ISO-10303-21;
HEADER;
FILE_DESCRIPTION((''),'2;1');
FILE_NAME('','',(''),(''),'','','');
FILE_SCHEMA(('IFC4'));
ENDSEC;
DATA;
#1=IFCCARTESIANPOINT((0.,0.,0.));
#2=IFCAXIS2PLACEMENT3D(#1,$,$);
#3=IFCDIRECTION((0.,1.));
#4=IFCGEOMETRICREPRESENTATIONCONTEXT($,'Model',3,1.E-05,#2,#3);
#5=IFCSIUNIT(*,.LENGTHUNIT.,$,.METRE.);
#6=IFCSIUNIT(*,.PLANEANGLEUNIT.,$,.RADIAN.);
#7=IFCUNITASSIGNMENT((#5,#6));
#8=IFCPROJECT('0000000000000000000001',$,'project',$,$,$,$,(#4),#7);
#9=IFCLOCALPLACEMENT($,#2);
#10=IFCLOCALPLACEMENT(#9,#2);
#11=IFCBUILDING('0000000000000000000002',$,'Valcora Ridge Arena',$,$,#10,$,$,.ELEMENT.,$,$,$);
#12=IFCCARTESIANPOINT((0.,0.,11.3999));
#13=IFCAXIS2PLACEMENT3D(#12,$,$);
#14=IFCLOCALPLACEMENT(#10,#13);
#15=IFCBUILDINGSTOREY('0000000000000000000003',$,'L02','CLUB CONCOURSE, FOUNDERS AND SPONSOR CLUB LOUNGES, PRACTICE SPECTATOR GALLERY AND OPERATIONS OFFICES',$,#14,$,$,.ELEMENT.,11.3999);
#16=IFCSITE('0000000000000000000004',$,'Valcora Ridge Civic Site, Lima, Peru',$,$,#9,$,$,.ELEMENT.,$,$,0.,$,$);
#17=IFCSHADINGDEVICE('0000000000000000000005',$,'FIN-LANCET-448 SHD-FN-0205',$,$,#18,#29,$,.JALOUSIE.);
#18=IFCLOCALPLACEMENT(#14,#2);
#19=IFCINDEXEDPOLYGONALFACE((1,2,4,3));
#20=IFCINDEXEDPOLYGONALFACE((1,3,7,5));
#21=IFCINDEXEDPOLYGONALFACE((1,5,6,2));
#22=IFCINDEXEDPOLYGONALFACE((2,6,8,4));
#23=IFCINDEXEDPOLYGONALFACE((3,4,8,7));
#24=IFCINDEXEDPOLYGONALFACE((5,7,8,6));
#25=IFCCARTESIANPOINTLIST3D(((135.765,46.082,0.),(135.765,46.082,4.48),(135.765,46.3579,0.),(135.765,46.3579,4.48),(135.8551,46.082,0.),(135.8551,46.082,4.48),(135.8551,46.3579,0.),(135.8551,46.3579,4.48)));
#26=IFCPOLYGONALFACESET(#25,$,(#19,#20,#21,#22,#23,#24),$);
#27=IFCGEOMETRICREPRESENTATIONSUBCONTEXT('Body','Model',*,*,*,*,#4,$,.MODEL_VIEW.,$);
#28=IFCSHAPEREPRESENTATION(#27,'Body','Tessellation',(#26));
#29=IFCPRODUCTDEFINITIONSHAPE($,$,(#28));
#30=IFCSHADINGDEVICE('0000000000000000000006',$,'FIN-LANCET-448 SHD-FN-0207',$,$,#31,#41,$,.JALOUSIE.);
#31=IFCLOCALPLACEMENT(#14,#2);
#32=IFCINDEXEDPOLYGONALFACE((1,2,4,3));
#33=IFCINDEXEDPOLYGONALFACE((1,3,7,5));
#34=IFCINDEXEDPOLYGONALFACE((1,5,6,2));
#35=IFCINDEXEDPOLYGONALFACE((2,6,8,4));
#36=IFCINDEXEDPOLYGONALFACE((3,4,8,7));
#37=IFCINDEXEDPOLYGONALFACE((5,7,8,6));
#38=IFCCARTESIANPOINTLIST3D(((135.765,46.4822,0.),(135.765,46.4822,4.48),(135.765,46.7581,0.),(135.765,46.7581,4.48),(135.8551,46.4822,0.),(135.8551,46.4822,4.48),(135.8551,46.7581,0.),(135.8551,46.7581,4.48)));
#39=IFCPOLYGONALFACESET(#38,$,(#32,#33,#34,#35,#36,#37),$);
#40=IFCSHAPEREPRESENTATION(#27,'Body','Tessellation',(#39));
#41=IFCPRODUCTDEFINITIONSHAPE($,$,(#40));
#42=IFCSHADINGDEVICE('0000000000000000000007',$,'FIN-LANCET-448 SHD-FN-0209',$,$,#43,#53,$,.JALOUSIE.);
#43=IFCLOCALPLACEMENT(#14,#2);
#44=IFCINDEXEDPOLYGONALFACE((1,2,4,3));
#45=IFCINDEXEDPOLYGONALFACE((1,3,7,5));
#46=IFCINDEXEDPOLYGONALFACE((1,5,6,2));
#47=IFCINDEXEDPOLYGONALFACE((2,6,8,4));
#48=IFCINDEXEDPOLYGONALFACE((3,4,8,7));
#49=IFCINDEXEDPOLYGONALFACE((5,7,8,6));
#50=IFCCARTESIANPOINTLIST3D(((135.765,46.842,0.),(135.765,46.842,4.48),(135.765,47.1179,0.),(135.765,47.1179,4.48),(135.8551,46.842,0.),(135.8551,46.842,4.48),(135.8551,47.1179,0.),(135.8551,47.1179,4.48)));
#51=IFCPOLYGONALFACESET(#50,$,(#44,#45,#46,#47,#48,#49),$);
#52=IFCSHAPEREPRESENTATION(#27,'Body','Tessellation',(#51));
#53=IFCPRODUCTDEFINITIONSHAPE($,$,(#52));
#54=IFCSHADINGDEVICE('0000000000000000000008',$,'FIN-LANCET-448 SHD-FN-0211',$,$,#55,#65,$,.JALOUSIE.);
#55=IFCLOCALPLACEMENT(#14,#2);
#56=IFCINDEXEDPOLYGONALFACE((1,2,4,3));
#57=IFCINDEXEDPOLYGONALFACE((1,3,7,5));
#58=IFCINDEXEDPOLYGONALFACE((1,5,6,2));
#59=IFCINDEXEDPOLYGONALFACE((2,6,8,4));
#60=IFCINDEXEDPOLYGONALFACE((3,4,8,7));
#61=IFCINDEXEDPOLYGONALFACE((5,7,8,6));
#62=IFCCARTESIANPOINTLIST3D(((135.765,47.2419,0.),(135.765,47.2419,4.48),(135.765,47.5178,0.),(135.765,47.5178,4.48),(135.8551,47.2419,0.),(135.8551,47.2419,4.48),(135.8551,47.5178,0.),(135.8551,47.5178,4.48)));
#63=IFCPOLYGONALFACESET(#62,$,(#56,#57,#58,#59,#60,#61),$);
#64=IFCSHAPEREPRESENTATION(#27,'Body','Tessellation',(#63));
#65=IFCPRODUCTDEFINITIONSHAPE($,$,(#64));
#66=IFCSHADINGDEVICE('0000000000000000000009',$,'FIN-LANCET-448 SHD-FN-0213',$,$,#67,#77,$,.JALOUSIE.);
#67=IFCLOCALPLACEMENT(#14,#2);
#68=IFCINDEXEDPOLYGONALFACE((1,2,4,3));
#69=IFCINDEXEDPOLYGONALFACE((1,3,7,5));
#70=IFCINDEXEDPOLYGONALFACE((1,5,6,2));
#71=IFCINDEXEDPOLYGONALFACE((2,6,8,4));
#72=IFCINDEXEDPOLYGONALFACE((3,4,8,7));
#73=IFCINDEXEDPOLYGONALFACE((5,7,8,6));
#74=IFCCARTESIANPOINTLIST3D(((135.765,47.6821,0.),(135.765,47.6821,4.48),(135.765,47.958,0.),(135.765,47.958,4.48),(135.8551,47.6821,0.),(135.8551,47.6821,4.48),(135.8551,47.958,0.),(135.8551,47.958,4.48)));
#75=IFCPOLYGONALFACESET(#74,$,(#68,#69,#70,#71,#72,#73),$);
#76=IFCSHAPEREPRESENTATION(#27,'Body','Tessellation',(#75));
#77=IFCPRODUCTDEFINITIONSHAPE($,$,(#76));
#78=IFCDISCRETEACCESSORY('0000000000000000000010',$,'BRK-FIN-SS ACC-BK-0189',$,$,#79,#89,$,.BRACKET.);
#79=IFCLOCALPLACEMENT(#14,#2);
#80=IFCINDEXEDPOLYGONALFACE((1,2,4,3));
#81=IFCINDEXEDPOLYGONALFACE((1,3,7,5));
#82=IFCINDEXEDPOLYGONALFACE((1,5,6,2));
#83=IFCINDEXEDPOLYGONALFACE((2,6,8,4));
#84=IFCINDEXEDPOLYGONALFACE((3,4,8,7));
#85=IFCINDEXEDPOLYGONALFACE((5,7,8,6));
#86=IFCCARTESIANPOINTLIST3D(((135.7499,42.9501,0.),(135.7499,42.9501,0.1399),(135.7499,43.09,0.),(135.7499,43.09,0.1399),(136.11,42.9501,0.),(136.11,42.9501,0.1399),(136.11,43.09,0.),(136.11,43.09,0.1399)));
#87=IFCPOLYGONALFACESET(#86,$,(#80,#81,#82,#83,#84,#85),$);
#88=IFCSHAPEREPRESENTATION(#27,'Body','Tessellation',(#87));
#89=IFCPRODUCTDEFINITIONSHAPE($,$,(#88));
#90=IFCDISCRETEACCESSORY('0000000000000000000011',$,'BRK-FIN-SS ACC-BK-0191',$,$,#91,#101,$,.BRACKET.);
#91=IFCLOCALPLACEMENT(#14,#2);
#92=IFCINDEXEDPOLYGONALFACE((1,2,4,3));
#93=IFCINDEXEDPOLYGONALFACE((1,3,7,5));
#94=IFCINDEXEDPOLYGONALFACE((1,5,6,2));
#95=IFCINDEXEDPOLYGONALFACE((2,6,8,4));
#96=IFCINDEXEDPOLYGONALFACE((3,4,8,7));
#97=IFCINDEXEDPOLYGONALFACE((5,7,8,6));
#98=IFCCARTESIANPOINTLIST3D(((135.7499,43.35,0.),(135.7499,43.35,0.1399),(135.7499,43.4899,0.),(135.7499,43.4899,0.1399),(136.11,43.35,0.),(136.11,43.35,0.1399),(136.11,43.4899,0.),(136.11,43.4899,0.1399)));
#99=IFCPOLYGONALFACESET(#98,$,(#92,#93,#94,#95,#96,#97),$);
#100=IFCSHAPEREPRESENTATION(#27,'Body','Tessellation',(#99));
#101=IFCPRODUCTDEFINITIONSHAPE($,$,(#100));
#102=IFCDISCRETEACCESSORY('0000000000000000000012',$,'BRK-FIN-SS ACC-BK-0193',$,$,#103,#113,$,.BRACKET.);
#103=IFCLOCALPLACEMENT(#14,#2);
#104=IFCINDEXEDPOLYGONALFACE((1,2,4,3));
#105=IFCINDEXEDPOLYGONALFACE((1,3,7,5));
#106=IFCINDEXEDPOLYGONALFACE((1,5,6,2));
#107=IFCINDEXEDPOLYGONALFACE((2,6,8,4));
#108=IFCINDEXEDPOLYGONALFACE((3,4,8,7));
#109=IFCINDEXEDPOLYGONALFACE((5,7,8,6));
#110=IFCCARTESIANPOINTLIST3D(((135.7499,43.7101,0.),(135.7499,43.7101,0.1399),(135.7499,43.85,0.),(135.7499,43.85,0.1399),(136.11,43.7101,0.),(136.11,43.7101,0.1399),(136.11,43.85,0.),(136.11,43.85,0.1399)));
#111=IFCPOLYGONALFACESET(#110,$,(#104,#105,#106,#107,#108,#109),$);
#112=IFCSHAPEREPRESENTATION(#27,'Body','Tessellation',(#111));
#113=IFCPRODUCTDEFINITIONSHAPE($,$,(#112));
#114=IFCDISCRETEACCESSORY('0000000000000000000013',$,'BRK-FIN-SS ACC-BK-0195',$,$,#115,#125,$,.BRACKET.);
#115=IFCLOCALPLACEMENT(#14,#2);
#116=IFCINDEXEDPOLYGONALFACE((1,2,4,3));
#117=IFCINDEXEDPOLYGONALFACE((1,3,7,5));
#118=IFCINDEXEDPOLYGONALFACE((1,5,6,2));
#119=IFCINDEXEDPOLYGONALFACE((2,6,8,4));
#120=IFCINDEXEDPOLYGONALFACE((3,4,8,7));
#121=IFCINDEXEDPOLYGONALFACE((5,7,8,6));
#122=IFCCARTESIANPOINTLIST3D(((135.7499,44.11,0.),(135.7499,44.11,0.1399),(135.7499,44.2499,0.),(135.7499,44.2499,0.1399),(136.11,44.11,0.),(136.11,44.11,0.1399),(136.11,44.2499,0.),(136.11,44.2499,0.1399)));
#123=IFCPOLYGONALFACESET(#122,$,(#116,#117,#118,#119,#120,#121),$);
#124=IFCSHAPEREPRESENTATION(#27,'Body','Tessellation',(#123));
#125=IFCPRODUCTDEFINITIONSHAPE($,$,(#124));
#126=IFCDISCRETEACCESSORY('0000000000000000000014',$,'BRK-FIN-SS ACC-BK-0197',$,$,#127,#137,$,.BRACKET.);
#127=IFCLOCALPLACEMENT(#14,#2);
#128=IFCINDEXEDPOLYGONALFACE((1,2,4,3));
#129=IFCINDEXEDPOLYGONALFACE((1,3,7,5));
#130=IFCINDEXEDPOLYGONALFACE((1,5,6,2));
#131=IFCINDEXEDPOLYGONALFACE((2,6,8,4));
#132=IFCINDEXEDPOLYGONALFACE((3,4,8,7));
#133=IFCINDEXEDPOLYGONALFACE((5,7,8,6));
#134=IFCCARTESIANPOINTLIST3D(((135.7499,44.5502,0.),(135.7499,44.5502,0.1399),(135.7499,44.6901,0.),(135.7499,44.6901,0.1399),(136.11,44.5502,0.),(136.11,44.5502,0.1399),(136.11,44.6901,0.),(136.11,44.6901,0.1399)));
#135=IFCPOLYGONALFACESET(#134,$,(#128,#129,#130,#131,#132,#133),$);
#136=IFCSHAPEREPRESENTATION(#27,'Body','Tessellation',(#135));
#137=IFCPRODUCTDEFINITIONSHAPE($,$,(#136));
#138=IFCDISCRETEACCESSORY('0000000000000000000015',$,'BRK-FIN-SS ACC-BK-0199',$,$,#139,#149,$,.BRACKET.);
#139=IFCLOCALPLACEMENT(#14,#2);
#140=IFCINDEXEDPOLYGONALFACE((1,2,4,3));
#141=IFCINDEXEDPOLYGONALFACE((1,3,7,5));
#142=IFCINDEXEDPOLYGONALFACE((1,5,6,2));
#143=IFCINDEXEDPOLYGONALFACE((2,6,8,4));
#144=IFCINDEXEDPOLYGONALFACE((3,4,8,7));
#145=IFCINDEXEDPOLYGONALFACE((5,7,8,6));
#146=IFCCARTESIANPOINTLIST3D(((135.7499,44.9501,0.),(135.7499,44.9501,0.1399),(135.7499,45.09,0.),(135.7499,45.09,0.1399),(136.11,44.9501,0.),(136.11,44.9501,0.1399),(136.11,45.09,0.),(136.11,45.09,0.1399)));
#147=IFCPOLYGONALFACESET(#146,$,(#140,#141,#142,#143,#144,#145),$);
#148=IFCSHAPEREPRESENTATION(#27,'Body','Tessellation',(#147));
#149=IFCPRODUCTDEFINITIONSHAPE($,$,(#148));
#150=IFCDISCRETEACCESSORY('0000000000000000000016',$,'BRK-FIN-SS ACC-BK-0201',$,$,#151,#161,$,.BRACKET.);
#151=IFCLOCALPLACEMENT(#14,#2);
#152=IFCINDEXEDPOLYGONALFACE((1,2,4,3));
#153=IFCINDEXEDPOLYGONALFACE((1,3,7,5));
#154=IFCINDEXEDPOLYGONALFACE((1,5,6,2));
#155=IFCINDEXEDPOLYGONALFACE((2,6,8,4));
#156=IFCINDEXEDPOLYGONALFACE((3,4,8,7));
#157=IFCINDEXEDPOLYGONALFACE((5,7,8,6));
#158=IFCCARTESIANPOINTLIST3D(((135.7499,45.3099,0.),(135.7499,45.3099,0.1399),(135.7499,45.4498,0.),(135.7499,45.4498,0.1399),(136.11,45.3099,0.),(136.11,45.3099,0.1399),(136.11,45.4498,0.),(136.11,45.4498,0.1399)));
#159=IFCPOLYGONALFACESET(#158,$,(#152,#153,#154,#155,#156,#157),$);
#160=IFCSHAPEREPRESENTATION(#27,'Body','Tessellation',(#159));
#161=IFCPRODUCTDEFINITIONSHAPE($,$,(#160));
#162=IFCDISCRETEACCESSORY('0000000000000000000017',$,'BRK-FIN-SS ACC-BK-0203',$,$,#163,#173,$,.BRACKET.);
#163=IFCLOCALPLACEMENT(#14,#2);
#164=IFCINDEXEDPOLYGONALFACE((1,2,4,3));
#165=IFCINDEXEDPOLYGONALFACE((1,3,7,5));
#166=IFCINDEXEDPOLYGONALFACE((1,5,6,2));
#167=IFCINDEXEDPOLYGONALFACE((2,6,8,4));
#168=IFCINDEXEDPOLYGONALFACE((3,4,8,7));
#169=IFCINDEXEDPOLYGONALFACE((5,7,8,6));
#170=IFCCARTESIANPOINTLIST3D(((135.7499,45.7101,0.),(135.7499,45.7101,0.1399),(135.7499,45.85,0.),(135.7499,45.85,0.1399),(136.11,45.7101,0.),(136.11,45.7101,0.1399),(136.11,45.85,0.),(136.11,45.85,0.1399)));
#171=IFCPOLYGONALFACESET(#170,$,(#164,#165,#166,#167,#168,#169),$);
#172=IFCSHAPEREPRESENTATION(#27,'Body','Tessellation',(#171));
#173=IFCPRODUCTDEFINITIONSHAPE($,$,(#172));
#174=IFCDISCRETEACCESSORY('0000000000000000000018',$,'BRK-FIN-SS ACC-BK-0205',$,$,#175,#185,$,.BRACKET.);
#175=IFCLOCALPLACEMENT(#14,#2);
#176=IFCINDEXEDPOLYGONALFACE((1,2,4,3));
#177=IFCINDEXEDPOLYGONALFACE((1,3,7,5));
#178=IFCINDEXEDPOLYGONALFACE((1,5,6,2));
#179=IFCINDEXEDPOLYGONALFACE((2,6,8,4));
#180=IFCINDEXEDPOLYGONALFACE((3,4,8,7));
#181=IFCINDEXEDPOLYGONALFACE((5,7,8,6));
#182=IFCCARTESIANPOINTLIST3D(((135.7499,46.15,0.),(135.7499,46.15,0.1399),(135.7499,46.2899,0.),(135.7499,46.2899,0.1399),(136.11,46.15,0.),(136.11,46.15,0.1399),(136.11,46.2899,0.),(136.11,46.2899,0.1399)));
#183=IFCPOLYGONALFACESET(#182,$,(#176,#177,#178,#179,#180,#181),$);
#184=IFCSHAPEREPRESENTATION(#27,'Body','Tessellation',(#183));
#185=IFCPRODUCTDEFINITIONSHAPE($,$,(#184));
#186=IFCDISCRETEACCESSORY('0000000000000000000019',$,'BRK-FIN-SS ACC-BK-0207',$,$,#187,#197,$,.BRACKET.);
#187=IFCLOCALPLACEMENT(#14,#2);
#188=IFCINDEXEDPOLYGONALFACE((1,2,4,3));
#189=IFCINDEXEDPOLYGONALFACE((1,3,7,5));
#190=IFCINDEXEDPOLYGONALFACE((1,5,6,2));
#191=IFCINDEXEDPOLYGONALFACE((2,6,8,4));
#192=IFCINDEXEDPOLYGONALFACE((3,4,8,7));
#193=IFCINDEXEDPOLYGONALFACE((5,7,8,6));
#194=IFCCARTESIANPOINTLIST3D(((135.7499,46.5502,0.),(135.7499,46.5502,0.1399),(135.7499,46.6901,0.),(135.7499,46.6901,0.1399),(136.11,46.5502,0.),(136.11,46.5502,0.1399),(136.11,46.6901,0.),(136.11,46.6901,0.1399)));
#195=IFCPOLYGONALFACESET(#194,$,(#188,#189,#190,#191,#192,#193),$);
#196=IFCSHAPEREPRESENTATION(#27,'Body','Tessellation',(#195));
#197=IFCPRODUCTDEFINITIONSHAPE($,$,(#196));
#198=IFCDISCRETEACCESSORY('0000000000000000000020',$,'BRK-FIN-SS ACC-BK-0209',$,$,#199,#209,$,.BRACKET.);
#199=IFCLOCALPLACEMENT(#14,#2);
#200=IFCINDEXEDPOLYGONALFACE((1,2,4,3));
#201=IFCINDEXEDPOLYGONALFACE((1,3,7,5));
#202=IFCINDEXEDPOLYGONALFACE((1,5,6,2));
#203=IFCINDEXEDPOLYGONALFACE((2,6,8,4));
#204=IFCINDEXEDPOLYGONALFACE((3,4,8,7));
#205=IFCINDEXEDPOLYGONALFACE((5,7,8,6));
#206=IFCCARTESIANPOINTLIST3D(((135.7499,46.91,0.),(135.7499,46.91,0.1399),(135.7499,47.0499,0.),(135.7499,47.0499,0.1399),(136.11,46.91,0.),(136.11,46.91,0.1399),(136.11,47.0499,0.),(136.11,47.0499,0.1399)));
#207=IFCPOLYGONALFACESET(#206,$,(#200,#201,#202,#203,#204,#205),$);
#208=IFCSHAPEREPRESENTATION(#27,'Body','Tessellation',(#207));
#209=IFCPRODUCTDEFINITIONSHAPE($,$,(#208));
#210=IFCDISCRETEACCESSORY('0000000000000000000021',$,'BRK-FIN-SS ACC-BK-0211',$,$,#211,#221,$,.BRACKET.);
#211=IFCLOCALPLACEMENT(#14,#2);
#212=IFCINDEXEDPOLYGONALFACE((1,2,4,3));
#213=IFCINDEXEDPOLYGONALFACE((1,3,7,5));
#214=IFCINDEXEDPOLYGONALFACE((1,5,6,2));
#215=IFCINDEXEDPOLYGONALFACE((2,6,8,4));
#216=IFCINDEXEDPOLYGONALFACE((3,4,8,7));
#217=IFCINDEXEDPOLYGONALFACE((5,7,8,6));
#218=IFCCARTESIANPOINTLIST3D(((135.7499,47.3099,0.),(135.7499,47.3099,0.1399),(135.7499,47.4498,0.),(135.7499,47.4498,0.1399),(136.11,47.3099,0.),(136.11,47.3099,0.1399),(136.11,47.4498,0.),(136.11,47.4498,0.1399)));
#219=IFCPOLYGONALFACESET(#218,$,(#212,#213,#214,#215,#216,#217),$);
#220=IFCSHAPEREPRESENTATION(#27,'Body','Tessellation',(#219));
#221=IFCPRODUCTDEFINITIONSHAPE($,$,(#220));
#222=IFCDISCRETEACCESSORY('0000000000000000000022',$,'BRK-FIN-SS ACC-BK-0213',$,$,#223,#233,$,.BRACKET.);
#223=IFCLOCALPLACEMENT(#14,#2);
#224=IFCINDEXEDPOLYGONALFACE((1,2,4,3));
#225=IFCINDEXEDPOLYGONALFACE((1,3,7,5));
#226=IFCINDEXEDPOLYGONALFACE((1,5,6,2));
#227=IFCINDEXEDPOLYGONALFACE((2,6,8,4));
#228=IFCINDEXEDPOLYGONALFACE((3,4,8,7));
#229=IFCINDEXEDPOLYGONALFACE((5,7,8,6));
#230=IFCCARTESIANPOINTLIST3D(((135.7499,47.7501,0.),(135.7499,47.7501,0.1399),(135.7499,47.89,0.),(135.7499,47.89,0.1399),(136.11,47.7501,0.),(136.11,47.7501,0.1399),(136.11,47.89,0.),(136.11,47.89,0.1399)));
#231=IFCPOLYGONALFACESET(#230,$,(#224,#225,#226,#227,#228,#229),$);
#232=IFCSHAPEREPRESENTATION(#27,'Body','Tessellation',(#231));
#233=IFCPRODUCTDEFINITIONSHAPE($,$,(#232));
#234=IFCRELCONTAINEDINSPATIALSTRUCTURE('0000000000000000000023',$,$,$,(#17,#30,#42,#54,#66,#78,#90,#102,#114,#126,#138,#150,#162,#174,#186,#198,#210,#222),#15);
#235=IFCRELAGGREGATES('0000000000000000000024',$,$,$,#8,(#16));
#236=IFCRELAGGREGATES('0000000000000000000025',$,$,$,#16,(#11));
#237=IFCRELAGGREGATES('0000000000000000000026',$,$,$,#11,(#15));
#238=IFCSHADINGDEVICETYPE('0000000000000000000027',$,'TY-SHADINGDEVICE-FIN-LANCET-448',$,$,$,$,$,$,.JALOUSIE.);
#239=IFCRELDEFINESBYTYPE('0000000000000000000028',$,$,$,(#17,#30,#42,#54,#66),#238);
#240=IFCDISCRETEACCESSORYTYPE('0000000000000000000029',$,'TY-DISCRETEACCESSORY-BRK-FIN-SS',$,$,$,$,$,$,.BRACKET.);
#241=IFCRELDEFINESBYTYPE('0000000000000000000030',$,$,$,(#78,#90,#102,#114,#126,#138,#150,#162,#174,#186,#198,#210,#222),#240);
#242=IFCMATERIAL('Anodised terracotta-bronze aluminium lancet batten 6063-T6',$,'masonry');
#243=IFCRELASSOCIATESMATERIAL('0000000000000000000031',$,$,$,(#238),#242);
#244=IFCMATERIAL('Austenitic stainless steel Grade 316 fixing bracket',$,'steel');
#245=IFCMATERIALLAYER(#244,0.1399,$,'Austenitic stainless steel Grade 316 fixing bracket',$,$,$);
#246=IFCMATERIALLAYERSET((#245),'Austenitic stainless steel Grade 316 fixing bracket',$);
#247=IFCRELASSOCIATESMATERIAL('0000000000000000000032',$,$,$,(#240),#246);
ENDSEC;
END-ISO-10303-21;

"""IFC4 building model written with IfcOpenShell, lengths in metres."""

from ifc_helpers import new_model, si_unit, direction, frame, origin, origin_2d, place, context, subcontext, project, spatial, rectangle, extrude, material, layer, layer_set, material_profile, profile_set, type_object, element, save


model = new_model("IFC4")

# Units and contexts
model_context = context("Model", 3, precision=1e-05, world=origin(), true_north=direction((0.0, 1.0)))
body_context = subcontext(model_context, "Body", "Model", "MODEL_VIEW")
ifc_project = project(units=[si_unit("LENGTHUNIT", "METRE"), si_unit("PLANEANGLEUNIT", "RADIAN")], contexts=[model_context])

# Site, building, storey
site_placement = place(None, origin())
site = spatial("IfcSite", under=ifc_project, at=site_placement, Name="Valcora Ridge Civic Site, Lima, Peru", CompositionType="ELEMENT", RefElevation=0.0)
building_placement = place(site_placement, origin())
building = spatial("IfcBuilding", under=site, at=building_placement, Name="Valcora Ridge Arena", CompositionType="ELEMENT")
storey_placement = place(building_placement, frame((0.0, 0.0, 11.3999)))
storey = spatial("IfcBuildingStorey", under=building, at=storey_placement, Name="L02", Description="CLUB CONCOURSE, FOUNDERS AND SPONSOR CLUB LOUNGES, PRACTICE SPECTATOR GALLERY AND OPERATIONS OFFICES", CompositionType="ELEMENT", Elevation=11.3999)

# Shared definitions
ifc_material_1 = material(Name="Anodised terracotta-bronze aluminium lancet batten 6063-T6", Category="masonry")

# Shading devices
ifc_material_profile = material_profile(ifc_material_1, rectangle(XDim=0.0901, YDim=0.2759, at=origin_2d()), Name="ALU LANCET BATTEN 90x276")
ifc_profile_set = profile_set([ifc_material_profile], Name="Anodised terracotta-bronze aluminium lancet batten 6063-T6")
shading_device_type = type_object("IfcShadingDeviceType", Name="TY-SHADINGDEVICE-FIN-LANCET-448", PredefinedType="JALOUSIE", material=ifc_profile_set)
for number, where, z_axis, x_axis, name in (
    (1, (135.8101, 46.22, 0.0), (0.0, 0.0, 1.0), (1.0, 0.0, 0.0), "FIN-LANCET-448 SHD-FN-0205"),
    (2, (135.8101, 46.6201, 0.0), (0.0, 0.0, 1.0), (1.0, 0.0, 0.0), "FIN-LANCET-448 SHD-FN-0207"),
    (3, (135.8101, 46.98, 0.0), (0.0, 0.0, 1.0), (1.0, 0.0, 0.0), "FIN-LANCET-448 SHD-FN-0209"),
    (4, (135.8101, 47.3799, 0.0), (0.0, 0.0, 1.0), (1.0, 0.0, 0.0), "FIN-LANCET-448 SHD-FN-0211"),
    (5, (135.8101, 47.8201, 0.0), (0.0, 0.0, 1.0), (1.0, 0.0, 0.0), "FIN-LANCET-448 SHD-FN-0213"),
):
    element("IfcShadingDevice", number, at=place(storey_placement, frame(where, z_axis=z_axis, x_axis=x_axis)), inside=storey, type_object=shading_device_type, Name=name, PredefinedType="JALOUSIE", context=body_context, shape_type="SweptSolid", body=[
        extrude(rectangle(XDim=0.0901, YDim=0.2759, at=origin_2d()), origin(), (0.0, 0.0, 1.0), 4.48),
    ])

# Discrete accessories
ifc_material_2 = material(Name="Austenitic stainless steel Grade 316 fixing bracket", Category="steel")
ifc_layer_1 = layer(ifc_material_2, 0.1399, Name="Austenitic stainless steel Grade 316 fixing bracket")
ifc_layer_set_1 = layer_set([ifc_layer_1], Name="Austenitic stainless steel Grade 316 fixing bracket")
discrete_accessory_type = type_object("IfcDiscreteAccessoryType", Name="TY-DISCRETEACCESSORY-BRK-FIN-SS", PredefinedType="BRACKET", material=ifc_layer_set_1)
for number, where, z_axis, x_axis, name in (
    (6, (135.9299, 43.02, 0.0), (0.0, 0.0, 1.0), (1.0, 0.0, 0.0), "BRK-FIN-SS ACC-BK-0189"),
    (7, (135.9299, 43.4199, 0.0), (0.0, 0.0, 1.0), (1.0, 0.0, 0.0), "BRK-FIN-SS ACC-BK-0191"),
    (8, (135.9299, 43.78, 0.0), (0.0, 0.0, 1.0), (1.0, 0.0, 0.0), "BRK-FIN-SS ACC-BK-0193"),
    (9, (135.9299, 44.1799, 0.0), (0.0, 0.0, 1.0), (1.0, 0.0, 0.0), "BRK-FIN-SS ACC-BK-0195"),
    (10, (135.9299, 44.6201, 0.0), (0.0, 0.0, 1.0), (1.0, 0.0, 0.0), "BRK-FIN-SS ACC-BK-0197"),
    (11, (135.9299, 45.02, 0.0), (0.0, 0.0, 1.0), (1.0, 0.0, 0.0), "BRK-FIN-SS ACC-BK-0199"),
    (12, (135.9299, 45.3799, 0.0), (0.0, 0.0, 1.0), (1.0, 0.0, 0.0), "BRK-FIN-SS ACC-BK-0201"),
    (13, (135.9299, 45.78, 0.0), (0.0, 0.0, 1.0), (1.0, 0.0, 0.0), "BRK-FIN-SS ACC-BK-0203"),
    (14, (135.9299, 46.22, 0.0), (0.0, 0.0, 1.0), (1.0, 0.0, 0.0), "BRK-FIN-SS ACC-BK-0205"),
    (15, (135.9299, 46.6201, 0.0), (0.0, 0.0, 1.0), (1.0, 0.0, 0.0), "BRK-FIN-SS ACC-BK-0207"),
    (16, (135.9299, 46.98, 0.0), (0.0, 0.0, 1.0), (1.0, 0.0, 0.0), "BRK-FIN-SS ACC-BK-0209"),
    (17, (135.9299, 47.3799, 0.0), (0.0, 0.0, 1.0), (1.0, 0.0, 0.0), "BRK-FIN-SS ACC-BK-0211"),
    (18, (135.9299, 47.8201, 0.0), (0.0, 0.0, 1.0), (1.0, 0.0, 0.0), "BRK-FIN-SS ACC-BK-0213"),
):
    element("IfcDiscreteAccessory", number, at=place(storey_placement, frame(where, z_axis=z_axis, x_axis=x_axis)), inside=storey, type_object=discrete_accessory_type, Name=name, PredefinedType="BRACKET", context=body_context, shape_type="SweptSolid", body=[
        extrude(rectangle(XDim=0.3601, YDim=0.1399, at=origin_2d()), origin(), (0.0, 0.0, 1.0), 0.1399),
    ])

save(model, "model.ifc")
